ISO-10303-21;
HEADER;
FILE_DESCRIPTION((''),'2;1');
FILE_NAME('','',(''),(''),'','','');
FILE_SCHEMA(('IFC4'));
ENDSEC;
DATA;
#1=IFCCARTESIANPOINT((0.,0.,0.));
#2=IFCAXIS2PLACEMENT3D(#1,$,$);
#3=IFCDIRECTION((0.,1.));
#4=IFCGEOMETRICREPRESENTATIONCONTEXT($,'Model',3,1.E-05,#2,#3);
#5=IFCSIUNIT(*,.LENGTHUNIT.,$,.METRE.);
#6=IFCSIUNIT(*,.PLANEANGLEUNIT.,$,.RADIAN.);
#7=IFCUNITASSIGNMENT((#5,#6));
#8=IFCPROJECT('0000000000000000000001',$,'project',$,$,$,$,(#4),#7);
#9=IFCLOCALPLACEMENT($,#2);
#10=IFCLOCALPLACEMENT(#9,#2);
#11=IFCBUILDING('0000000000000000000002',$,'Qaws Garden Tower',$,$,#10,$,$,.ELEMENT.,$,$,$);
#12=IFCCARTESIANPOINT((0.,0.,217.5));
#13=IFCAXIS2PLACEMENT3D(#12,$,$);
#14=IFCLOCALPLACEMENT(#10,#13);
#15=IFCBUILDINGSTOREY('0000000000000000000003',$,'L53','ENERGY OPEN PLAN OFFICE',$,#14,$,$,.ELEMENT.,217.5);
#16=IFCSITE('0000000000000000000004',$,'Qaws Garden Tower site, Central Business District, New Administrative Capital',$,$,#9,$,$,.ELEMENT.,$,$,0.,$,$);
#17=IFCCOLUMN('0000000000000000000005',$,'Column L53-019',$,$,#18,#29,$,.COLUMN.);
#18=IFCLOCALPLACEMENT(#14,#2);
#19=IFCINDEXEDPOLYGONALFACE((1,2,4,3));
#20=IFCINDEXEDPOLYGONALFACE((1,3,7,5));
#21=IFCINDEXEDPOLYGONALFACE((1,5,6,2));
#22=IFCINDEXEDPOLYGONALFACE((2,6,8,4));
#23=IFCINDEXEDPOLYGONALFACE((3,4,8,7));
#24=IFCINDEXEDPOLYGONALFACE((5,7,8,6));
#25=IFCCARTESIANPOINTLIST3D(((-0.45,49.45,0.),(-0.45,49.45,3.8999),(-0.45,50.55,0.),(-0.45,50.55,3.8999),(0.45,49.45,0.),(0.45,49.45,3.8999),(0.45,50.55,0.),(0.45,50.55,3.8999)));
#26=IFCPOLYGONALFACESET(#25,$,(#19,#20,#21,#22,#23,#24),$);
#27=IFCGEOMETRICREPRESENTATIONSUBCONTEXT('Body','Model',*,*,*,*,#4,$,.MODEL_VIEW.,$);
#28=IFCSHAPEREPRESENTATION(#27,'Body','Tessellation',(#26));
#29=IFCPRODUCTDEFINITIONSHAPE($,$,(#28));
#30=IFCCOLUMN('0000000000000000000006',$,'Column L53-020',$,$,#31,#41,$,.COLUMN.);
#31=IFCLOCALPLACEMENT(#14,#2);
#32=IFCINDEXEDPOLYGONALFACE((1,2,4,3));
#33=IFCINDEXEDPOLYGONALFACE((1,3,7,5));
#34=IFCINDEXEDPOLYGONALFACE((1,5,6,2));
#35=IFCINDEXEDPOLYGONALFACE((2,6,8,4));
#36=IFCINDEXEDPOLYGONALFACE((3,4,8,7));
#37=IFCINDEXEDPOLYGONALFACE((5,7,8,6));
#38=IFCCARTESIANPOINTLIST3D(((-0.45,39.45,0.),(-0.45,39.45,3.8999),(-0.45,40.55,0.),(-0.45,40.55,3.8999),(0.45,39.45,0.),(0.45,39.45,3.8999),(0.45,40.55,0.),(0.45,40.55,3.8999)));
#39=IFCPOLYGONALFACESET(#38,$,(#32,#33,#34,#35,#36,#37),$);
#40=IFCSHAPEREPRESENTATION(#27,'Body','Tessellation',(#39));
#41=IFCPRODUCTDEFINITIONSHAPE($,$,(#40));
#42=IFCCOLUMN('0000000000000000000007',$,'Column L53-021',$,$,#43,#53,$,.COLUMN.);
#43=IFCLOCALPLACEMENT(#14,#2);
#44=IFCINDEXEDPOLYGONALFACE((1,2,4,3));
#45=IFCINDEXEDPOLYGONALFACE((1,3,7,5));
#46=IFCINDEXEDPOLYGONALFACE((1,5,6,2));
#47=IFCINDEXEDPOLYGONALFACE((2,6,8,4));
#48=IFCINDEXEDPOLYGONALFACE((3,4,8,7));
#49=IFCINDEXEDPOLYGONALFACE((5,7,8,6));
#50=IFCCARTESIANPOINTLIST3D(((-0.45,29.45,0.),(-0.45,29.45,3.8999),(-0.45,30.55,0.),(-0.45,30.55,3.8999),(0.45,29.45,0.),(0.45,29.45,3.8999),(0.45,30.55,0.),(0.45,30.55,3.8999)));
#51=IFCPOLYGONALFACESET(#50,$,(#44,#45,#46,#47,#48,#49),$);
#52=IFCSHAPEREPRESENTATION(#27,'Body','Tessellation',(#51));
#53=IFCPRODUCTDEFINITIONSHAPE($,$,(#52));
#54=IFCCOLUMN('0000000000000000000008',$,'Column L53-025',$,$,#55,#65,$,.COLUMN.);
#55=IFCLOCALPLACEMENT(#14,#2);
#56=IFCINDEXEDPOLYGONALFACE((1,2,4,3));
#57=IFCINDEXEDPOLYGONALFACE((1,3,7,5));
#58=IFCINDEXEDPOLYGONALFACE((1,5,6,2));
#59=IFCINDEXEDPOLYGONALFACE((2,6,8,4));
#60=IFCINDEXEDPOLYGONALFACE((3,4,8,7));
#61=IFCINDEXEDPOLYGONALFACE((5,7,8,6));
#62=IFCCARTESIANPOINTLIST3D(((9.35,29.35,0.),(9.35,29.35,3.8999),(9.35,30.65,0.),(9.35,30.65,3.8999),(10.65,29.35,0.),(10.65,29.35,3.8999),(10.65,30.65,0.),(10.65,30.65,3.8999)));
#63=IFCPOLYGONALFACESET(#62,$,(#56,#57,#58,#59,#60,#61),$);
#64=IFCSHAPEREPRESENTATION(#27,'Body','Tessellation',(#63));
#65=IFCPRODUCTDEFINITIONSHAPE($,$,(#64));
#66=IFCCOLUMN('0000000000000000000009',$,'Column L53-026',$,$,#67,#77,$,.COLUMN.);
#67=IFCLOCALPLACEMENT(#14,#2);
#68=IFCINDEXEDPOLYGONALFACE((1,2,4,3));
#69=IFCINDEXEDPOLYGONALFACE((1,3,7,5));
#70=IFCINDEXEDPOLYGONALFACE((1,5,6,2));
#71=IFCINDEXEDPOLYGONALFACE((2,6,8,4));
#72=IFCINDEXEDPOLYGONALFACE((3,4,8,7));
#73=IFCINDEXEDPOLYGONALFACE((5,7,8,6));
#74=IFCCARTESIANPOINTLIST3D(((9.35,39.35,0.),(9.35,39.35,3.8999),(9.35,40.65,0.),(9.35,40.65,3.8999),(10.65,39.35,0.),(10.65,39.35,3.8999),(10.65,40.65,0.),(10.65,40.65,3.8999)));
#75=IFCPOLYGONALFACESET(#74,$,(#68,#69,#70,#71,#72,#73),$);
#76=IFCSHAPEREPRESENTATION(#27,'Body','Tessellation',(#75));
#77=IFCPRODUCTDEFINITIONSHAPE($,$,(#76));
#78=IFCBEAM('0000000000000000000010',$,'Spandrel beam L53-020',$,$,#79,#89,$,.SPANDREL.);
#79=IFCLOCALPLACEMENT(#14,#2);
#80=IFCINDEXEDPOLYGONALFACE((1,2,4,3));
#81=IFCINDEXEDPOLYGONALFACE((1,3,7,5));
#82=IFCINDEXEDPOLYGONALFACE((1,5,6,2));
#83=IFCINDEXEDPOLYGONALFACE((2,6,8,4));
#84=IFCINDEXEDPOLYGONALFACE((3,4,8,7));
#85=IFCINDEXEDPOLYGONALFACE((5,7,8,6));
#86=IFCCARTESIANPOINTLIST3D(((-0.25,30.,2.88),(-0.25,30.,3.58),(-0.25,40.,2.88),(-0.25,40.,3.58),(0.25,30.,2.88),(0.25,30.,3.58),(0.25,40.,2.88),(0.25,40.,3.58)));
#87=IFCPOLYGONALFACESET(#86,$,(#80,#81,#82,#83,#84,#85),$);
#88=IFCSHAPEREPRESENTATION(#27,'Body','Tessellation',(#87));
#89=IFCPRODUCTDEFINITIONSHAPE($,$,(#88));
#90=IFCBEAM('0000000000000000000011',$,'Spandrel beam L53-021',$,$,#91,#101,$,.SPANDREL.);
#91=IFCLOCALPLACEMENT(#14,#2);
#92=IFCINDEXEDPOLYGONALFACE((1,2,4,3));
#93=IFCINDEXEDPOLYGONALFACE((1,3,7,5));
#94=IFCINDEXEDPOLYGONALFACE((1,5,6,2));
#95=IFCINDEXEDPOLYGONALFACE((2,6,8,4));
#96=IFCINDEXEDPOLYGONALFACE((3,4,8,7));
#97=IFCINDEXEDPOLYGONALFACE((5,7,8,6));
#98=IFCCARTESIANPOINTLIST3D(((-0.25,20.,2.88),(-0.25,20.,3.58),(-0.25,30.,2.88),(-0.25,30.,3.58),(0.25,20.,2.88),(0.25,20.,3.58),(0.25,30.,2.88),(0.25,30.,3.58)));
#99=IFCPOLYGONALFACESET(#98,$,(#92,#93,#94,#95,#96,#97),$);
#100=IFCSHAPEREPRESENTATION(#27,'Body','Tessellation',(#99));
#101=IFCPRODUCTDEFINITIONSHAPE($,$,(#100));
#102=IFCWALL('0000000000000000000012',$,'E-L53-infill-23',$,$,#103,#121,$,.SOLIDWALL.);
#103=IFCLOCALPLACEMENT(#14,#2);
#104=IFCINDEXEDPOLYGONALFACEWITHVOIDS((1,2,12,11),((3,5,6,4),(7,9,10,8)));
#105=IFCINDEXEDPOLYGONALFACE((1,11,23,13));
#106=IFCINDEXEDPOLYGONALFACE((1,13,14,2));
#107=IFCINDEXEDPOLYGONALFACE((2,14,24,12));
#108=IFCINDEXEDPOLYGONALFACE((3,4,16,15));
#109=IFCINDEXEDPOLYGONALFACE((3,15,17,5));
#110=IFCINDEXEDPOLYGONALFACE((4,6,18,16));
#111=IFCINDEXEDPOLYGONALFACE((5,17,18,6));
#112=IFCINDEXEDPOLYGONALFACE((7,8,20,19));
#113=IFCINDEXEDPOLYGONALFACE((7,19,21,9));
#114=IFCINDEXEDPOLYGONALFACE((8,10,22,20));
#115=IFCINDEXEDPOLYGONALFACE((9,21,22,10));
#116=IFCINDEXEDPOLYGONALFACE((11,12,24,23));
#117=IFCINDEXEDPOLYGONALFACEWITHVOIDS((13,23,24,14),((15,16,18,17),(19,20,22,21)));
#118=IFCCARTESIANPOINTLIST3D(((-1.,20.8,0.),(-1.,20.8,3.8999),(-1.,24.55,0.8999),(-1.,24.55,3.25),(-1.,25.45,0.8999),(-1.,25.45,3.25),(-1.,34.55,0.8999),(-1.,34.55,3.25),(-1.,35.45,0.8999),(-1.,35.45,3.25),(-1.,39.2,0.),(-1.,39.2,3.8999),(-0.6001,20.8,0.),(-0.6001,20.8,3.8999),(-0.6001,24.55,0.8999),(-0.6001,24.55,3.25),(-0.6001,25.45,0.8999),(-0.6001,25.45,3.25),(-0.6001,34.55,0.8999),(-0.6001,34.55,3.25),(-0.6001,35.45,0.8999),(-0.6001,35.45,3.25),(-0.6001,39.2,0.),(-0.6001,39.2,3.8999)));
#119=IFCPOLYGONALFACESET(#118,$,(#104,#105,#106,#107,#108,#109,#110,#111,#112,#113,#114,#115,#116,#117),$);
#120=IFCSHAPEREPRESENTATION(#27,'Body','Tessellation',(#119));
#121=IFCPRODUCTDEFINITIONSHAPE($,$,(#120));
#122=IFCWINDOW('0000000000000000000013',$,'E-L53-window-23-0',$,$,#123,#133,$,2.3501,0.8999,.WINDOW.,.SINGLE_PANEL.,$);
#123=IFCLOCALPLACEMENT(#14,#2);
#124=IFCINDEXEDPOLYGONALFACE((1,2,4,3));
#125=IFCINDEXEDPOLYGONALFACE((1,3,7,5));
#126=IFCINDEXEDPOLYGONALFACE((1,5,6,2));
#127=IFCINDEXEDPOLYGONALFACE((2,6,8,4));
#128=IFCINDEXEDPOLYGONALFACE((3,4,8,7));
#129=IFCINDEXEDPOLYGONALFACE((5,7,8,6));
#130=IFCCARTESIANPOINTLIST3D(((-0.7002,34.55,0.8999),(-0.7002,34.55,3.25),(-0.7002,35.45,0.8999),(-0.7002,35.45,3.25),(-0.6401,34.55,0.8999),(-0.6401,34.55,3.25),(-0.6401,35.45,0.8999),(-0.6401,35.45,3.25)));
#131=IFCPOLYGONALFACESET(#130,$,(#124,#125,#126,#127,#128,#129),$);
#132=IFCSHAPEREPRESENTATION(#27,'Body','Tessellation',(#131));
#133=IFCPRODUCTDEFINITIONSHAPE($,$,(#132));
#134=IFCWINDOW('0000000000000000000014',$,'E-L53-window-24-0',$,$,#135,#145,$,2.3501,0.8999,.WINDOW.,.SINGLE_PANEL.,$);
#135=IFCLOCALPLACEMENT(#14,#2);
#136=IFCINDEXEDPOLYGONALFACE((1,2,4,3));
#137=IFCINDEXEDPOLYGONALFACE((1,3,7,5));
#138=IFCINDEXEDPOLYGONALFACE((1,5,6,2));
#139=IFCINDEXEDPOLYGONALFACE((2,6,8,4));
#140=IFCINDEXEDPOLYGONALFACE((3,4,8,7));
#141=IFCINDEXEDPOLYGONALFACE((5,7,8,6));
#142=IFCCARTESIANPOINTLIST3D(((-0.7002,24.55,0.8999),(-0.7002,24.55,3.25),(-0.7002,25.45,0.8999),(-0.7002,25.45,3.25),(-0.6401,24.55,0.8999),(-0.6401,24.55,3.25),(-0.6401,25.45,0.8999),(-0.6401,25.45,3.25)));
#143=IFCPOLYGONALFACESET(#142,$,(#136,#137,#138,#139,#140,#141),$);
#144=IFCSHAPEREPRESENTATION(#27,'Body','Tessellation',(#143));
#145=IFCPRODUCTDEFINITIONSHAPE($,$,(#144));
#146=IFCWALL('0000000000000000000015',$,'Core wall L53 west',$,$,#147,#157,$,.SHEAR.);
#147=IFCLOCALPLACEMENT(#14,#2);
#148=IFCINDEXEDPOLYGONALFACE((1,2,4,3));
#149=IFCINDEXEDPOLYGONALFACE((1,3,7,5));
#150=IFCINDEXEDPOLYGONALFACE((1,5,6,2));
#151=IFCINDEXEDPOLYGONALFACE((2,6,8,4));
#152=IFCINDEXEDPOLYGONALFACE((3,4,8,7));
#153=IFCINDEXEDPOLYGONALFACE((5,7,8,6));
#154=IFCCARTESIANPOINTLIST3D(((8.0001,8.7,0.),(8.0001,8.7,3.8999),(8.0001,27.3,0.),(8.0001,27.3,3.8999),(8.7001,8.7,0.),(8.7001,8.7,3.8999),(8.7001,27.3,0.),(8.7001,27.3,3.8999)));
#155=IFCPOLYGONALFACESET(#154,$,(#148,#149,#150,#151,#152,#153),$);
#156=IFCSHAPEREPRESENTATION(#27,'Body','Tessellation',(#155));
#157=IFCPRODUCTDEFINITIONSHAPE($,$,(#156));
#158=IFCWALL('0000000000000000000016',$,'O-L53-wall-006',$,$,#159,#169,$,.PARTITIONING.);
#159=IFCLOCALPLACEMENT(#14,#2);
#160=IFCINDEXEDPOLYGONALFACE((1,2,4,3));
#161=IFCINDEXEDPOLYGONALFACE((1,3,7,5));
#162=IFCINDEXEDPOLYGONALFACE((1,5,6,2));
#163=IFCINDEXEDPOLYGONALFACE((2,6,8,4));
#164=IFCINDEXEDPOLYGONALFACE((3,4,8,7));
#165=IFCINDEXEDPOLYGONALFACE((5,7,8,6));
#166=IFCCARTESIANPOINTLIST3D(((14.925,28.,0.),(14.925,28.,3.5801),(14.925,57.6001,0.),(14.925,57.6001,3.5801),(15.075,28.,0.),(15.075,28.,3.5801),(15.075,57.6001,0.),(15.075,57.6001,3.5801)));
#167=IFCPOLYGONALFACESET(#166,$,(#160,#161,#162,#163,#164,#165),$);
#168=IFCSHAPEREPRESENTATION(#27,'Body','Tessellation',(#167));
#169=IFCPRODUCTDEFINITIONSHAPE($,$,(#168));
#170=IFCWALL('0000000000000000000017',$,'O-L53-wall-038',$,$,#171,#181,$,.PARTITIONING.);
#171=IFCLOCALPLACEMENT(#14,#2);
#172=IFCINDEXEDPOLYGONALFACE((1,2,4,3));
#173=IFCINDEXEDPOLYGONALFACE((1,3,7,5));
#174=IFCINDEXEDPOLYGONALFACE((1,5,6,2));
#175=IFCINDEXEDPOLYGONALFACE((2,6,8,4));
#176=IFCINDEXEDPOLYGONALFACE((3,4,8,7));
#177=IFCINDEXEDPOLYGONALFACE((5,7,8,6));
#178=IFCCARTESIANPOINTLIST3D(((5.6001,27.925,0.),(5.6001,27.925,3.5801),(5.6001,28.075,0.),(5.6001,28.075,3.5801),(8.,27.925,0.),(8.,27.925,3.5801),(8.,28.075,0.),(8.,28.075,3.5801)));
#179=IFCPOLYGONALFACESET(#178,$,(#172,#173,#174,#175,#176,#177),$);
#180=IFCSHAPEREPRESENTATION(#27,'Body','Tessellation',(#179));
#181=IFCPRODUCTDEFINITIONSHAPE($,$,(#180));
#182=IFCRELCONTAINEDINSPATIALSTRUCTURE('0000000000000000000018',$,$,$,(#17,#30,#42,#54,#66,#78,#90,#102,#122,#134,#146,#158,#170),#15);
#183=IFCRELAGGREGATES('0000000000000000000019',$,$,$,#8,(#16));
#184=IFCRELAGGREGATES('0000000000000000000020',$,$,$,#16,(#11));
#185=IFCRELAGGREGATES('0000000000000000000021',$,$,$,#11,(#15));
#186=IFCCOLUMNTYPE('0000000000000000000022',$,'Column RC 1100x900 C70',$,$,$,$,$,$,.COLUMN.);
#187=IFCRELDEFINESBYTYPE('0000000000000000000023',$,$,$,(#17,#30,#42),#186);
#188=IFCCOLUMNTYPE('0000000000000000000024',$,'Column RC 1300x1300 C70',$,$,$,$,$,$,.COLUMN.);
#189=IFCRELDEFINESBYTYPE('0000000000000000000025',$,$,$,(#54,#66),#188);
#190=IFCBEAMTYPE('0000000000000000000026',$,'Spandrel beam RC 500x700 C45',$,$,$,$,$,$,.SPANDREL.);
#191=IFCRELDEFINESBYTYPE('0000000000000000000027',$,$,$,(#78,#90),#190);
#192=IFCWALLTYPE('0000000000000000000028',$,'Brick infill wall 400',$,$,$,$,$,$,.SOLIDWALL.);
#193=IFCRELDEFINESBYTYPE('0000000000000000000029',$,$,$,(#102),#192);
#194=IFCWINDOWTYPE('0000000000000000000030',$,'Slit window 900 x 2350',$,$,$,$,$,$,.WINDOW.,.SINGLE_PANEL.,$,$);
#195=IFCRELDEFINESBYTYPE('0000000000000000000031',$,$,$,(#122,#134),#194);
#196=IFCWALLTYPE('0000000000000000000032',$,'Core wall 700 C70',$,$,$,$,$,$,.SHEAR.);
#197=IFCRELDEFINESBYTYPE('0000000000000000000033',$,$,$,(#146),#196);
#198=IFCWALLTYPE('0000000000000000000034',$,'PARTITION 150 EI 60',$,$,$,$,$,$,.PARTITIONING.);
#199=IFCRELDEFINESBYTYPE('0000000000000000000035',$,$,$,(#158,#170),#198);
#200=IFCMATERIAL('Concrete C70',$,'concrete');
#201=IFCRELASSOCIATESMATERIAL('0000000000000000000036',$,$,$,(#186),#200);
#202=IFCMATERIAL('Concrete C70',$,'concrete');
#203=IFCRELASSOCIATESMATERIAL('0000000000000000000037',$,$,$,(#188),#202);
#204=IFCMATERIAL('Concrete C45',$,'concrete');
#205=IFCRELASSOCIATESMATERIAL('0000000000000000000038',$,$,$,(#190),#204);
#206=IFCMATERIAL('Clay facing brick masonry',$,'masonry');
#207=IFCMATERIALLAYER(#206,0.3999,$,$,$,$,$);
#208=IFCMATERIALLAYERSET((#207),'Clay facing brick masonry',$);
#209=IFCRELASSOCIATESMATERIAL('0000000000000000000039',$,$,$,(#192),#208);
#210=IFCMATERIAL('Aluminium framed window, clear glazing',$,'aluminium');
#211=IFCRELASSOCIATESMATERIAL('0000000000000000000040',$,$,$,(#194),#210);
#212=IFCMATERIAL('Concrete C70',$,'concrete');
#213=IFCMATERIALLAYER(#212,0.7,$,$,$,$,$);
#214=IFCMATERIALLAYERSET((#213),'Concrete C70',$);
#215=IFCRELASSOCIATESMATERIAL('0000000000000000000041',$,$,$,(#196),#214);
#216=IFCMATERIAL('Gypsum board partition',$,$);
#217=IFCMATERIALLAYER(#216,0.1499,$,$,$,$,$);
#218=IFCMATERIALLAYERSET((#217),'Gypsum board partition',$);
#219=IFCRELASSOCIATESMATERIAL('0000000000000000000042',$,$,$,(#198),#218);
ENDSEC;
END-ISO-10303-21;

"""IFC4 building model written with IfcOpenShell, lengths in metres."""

from ifc_helpers import new_model, si_unit, direction, frame, frame_2d, origin, origin_2d, place, context, subcontext, project, spatial, rectangle, extrude, material, layer, layer_set, material_profile, profile_set, type_object, element, fill, save


model = new_model("IFC4")

# Units and contexts
model_context = context("Model", 3, precision=1e-05, world=origin(), true_north=direction((0.0, 1.0)))
body_context = subcontext(model_context, "Body", "Model", "MODEL_VIEW")
ifc_project = project(units=[si_unit("LENGTHUNIT", "METRE"), si_unit("PLANEANGLEUNIT", "RADIAN")], contexts=[model_context])

# Site, building, storey
site_placement = place(None, origin())
site = spatial("IfcSite", under=ifc_project, at=site_placement, Name="Qaws Garden Tower site, Central Business District, New Administrative Capital", CompositionType="ELEMENT", RefElevation=0.0)
building_placement = place(site_placement, origin())
building = spatial("IfcBuilding", under=site, at=building_placement, Name="Qaws Garden Tower", CompositionType="ELEMENT")
storey_placement = place(building_placement, frame((0.0, 0.0, 217.5)))
storey = spatial("IfcBuildingStorey", under=building, at=storey_placement, Name="L53", Description="ENERGY OPEN PLAN OFFICE", CompositionType="ELEMENT", Elevation=217.5)

# Columns
ifc_material_1 = material(Name="Concrete C70", Category="concrete")
ifc_material_profile_1 = material_profile(ifc_material_1, rectangle(XDim=1.1001, YDim=0.8999, at=origin_2d()), Name="RC 1100x900")
ifc_profile_set_1 = profile_set([ifc_material_profile_1], Name="Concrete C70")
column_type_1 = type_object("IfcColumnType", Name="Column RC 1100x900 C70", PredefinedType="COLUMN", material=ifc_profile_set_1)
for number, where, z_axis, x_axis, name in (
    (1, (0.0, 50.0, 0.0), (0.0, 0.0, 1.0), (0.0, 1.0, 0.0), "Column L53-019"),
    (2, (0.0, 40.0, 0.0), (0.0, 0.0, 1.0), (0.0, 1.0, 0.0), "Column L53-020"),
    (3, (0.0, 30.0, 0.0), (0.0, 0.0, 1.0), (0.0, 1.0, 0.0), "Column L53-021"),
):
    element("IfcColumn", number, at=place(storey_placement, frame(where, z_axis=z_axis, x_axis=x_axis)), inside=storey, type_object=column_type_1, Name=name, PredefinedType="COLUMN", context=body_context, shape_type="SweptSolid", body=[
        extrude(rectangle(XDim=1.1001, YDim=0.8999, at=origin_2d()), origin(), (0.0, 0.0, 1.0), 3.8999),
    ])
ifc_material_2 = material(Name="Concrete C70", Category="concrete")
ifc_material_profile_2 = material_profile(ifc_material_2, rectangle(XDim=1.3, YDim=1.3, at=origin_2d()), Name="RC 1300x1300")
ifc_profile_set_2 = profile_set([ifc_material_profile_2], Name="Concrete C70")
column_type_2 = type_object("IfcColumnType", Name="Column RC 1300x1300 C70", PredefinedType="COLUMN", material=ifc_profile_set_2)
for number, where, z_axis, x_axis, name in (
    (4, (10.0, 30.0, 0.0), (0.0, 0.0, 1.0), (1.0, 0.0, 0.0), "Column L53-025"),
    (5, (10.0, 40.0, 0.0), (0.0, 0.0, 1.0), (1.0, 0.0, 0.0), "Column L53-026"),
):
    element("IfcColumn", number, at=place(storey_placement, frame(where, z_axis=z_axis, x_axis=x_axis)), inside=storey, type_object=column_type_2, Name=name, PredefinedType="COLUMN", context=body_context, shape_type="SweptSolid", body=[
        extrude(rectangle(XDim=1.3, YDim=1.3, at=origin_2d()), origin(), (0.0, 0.0, 1.0), 3.8999),
    ])

# Beams
ifc_material_3 = material(Name="Concrete C45", Category="concrete")
ifc_material_profile_3 = material_profile(ifc_material_3, rectangle(XDim=0.5, YDim=0.7, at=origin_2d()), Name="RC 500x700")
ifc_profile_set_3 = profile_set([ifc_material_profile_3], Name="Concrete C45")
beam_type = type_object("IfcBeamType", Name="Spandrel beam RC 500x700 C45", PredefinedType="SPANDREL", material=ifc_profile_set_3)
for number, where, z_axis, x_axis, name in (
    (6, (0.0, 40.0, 3.23), (0.0, -1.0, 0.0), (1.0, 0.0, 0.0), "Spandrel beam L53-020"),
    (7, (0.0, 30.0, 3.23), (0.0, -1.0, 0.0), (1.0, 0.0, 0.0), "Spandrel beam L53-021"),
):
    element("IfcBeam", number, at=place(storey_placement, frame(where, z_axis=z_axis, x_axis=x_axis)), inside=storey, type_object=beam_type, Name=name, PredefinedType="SPANDREL", context=body_context, shape_type="SweptSolid", body=[
        extrude(rectangle(XDim=0.5, YDim=0.7, at=origin_2d()), origin(), (0.0, 0.0, 1.0), 10.0),
    ])

# Wall, openings, windows
ifc_material_4 = material(Name="Clay facing brick masonry", Category="masonry")
ifc_layer_1 = layer(ifc_material_4, 0.3999)
ifc_layer_set_1 = layer_set([ifc_layer_1], Name="Clay facing brick masonry")
wall_type_1 = type_object("IfcWallType", Name="Brick infill wall 400", PredefinedType="SOLIDWALL", material=ifc_layer_set_1)
wall_1_placement = place(storey_placement, frame((-0.8, 39.2, 0.0), z_axis=(0.0, 0.0, 1.0), x_axis=(0.0, -1.0, 0.0)))
wall_1 = element("IfcWall", 8, at=wall_1_placement, inside=storey, type_object=wall_type_1, Name="E-L53-infill-23", PredefinedType="SOLIDWALL", context=body_context, shape_type="SweptSolid", body=[
    extrude(rectangle(XDim=18.3999, YDim=0.3999, at=frame_2d((9.2, 0.0))), origin(), (0.0, 0.0, 1.0), 3.8999),
])
opening_1_placement = place(wall_1_placement, frame((3.75, 0.0, 0.8999)))
opening_1 = element("IfcOpeningElement", 9, at=opening_1_placement, cuts=wall_1, PredefinedType="OPENING", context=body_context, shape_type="SweptSolid", body=[
    extrude(rectangle(XDim=0.8999, YDim=2.3501, at=frame_2d((0.45, 1.175))), frame((0.0, 0.21, 0.0), z_axis=(0.0, -1.0, 0.0), x_axis=(1.0, 0.0, 0.0)), (0.0, 0.0, 1.0), 0.4199),
])
opening_2_placement = place(wall_1_placement, frame((13.75, 0.0, 0.8999)))
opening_2 = element("IfcOpeningElement", 10, at=opening_2_placement, cuts=wall_1, PredefinedType="OPENING", context=body_context, shape_type="SweptSolid", body=[
    extrude(rectangle(XDim=0.8999, YDim=2.3501, at=frame_2d((0.45, 1.175))), frame((0.0, 0.21, 0.0), z_axis=(0.0, -1.0, 0.0), x_axis=(1.0, 0.0, 0.0)), (0.0, 0.0, 1.0), 0.4199),
])
ifc_material_5 = material(Name="Aluminium framed window, clear glazing", Category="aluminium")
window_type = type_object("IfcWindowType", Name="Slit window 900 x 2350", PartitioningType="SINGLE_PANEL", PredefinedType="WINDOW", material=ifc_material_5)
window_1_placement = place(opening_1_placement, origin())
window_1 = element("IfcWindow", 11, at=window_1_placement, inside=storey, type_object=window_type, Name="E-L53-window-23-0", OverallHeight=2.3501, OverallWidth=0.8999, PartitioningType="SINGLE_PANEL", PredefinedType="WINDOW", context=body_context, shape_type="SweptSolid", body=[
    extrude(rectangle(XDim=0.8999, YDim=2.3501, at=frame_2d((0.45, 1.175))), frame((0.0, 0.1599, 0.0), z_axis=(0.0, -1.0, 0.0), x_axis=(1.0, 0.0, 0.0)), (0.0, 0.0, 1.0), 0.0601),
])
fill(opening_1, window_1)
window_2_placement = place(opening_2_placement, origin())
window_2 = element("IfcWindow", 12, at=window_2_placement, inside=storey, type_object=window_type, Name="E-L53-window-24-0", OverallHeight=2.3501, OverallWidth=0.8999, PartitioningType="SINGLE_PANEL", PredefinedType="WINDOW", context=body_context, shape_type="SweptSolid", body=[
    extrude(rectangle(XDim=0.8999, YDim=2.3501, at=frame_2d((0.45, 1.175))), frame((0.0, 0.1599, 0.0), z_axis=(0.0, -1.0, 0.0), x_axis=(1.0, 0.0, 0.0)), (0.0, 0.0, 1.0), 0.0601),
])
fill(opening_2, window_2)

# Walls
ifc_material_6 = material(Name="Concrete C70", Category="concrete")
ifc_layer_2 = layer(ifc_material_6, 0.7)
ifc_layer_set_2 = layer_set([ifc_layer_2], Name="Concrete C70")
wall_type_2 = type_object("IfcWallType", Name="Core wall 700 C70", PredefinedType="SHEAR", material=ifc_layer_set_2)
wall_2_placement = place(storey_placement, frame((8.3501, 27.3, 0.0), z_axis=(0.0, 0.0, 1.0), x_axis=(0.0, -1.0, 0.0)))
element("IfcWall", 13, at=wall_2_placement, inside=storey, type_object=wall_type_2, Name="Core wall L53 west", PredefinedType="SHEAR", context=body_context, shape_type="SweptSolid", body=[
    extrude(rectangle(XDim=18.6001, YDim=0.7, at=frame_2d((9.3, 0.0))), origin(), (0.0, 0.0, 1.0), 3.8999),
])
ifc_material_7 = material(Name="Gypsum board partition")
ifc_layer_3 = layer(ifc_material_7, 0.1499)
ifc_layer_set_3 = layer_set([ifc_layer_3], Name="Gypsum board partition")
wall_type_3 = type_object("IfcWallType", Name="PARTITION 150 EI 60", PredefinedType="PARTITIONING", material=ifc_layer_set_3)
wall_3_placement = place(storey_placement, frame((15.0, 28.0, 0.0), z_axis=(0.0, 0.0, 1.0), x_axis=(0.0, 1.0, 0.0)))
element("IfcWall", 14, at=wall_3_placement, inside=storey, type_object=wall_type_3, Name="O-L53-wall-006", PredefinedType="PARTITIONING", context=body_context, shape_type="SweptSolid", body=[
    extrude(rectangle(XDim=29.6001, YDim=0.1499, at=frame_2d((14.8, 0.0))), origin(), (0.0, 0.0, 1.0), 3.5801),
])
wall_4_placement = place(storey_placement, frame((5.6001, 28.0, 0.0), z_axis=(0.0, 0.0, 1.0), x_axis=(1.0, 0.0, 0.0)))
element("IfcWall", 15, at=wall_4_placement, inside=storey, type_object=wall_type_3, Name="O-L53-wall-038", PredefinedType="PARTITIONING", context=body_context, shape_type="SweptSolid", body=[
    extrude(rectangle(XDim=2.3999, YDim=0.1499, at=frame_2d((1.2, 0.0))), origin(), (0.0, 0.0, 1.0), 3.5801),
])

save(model, "model.ifc")
